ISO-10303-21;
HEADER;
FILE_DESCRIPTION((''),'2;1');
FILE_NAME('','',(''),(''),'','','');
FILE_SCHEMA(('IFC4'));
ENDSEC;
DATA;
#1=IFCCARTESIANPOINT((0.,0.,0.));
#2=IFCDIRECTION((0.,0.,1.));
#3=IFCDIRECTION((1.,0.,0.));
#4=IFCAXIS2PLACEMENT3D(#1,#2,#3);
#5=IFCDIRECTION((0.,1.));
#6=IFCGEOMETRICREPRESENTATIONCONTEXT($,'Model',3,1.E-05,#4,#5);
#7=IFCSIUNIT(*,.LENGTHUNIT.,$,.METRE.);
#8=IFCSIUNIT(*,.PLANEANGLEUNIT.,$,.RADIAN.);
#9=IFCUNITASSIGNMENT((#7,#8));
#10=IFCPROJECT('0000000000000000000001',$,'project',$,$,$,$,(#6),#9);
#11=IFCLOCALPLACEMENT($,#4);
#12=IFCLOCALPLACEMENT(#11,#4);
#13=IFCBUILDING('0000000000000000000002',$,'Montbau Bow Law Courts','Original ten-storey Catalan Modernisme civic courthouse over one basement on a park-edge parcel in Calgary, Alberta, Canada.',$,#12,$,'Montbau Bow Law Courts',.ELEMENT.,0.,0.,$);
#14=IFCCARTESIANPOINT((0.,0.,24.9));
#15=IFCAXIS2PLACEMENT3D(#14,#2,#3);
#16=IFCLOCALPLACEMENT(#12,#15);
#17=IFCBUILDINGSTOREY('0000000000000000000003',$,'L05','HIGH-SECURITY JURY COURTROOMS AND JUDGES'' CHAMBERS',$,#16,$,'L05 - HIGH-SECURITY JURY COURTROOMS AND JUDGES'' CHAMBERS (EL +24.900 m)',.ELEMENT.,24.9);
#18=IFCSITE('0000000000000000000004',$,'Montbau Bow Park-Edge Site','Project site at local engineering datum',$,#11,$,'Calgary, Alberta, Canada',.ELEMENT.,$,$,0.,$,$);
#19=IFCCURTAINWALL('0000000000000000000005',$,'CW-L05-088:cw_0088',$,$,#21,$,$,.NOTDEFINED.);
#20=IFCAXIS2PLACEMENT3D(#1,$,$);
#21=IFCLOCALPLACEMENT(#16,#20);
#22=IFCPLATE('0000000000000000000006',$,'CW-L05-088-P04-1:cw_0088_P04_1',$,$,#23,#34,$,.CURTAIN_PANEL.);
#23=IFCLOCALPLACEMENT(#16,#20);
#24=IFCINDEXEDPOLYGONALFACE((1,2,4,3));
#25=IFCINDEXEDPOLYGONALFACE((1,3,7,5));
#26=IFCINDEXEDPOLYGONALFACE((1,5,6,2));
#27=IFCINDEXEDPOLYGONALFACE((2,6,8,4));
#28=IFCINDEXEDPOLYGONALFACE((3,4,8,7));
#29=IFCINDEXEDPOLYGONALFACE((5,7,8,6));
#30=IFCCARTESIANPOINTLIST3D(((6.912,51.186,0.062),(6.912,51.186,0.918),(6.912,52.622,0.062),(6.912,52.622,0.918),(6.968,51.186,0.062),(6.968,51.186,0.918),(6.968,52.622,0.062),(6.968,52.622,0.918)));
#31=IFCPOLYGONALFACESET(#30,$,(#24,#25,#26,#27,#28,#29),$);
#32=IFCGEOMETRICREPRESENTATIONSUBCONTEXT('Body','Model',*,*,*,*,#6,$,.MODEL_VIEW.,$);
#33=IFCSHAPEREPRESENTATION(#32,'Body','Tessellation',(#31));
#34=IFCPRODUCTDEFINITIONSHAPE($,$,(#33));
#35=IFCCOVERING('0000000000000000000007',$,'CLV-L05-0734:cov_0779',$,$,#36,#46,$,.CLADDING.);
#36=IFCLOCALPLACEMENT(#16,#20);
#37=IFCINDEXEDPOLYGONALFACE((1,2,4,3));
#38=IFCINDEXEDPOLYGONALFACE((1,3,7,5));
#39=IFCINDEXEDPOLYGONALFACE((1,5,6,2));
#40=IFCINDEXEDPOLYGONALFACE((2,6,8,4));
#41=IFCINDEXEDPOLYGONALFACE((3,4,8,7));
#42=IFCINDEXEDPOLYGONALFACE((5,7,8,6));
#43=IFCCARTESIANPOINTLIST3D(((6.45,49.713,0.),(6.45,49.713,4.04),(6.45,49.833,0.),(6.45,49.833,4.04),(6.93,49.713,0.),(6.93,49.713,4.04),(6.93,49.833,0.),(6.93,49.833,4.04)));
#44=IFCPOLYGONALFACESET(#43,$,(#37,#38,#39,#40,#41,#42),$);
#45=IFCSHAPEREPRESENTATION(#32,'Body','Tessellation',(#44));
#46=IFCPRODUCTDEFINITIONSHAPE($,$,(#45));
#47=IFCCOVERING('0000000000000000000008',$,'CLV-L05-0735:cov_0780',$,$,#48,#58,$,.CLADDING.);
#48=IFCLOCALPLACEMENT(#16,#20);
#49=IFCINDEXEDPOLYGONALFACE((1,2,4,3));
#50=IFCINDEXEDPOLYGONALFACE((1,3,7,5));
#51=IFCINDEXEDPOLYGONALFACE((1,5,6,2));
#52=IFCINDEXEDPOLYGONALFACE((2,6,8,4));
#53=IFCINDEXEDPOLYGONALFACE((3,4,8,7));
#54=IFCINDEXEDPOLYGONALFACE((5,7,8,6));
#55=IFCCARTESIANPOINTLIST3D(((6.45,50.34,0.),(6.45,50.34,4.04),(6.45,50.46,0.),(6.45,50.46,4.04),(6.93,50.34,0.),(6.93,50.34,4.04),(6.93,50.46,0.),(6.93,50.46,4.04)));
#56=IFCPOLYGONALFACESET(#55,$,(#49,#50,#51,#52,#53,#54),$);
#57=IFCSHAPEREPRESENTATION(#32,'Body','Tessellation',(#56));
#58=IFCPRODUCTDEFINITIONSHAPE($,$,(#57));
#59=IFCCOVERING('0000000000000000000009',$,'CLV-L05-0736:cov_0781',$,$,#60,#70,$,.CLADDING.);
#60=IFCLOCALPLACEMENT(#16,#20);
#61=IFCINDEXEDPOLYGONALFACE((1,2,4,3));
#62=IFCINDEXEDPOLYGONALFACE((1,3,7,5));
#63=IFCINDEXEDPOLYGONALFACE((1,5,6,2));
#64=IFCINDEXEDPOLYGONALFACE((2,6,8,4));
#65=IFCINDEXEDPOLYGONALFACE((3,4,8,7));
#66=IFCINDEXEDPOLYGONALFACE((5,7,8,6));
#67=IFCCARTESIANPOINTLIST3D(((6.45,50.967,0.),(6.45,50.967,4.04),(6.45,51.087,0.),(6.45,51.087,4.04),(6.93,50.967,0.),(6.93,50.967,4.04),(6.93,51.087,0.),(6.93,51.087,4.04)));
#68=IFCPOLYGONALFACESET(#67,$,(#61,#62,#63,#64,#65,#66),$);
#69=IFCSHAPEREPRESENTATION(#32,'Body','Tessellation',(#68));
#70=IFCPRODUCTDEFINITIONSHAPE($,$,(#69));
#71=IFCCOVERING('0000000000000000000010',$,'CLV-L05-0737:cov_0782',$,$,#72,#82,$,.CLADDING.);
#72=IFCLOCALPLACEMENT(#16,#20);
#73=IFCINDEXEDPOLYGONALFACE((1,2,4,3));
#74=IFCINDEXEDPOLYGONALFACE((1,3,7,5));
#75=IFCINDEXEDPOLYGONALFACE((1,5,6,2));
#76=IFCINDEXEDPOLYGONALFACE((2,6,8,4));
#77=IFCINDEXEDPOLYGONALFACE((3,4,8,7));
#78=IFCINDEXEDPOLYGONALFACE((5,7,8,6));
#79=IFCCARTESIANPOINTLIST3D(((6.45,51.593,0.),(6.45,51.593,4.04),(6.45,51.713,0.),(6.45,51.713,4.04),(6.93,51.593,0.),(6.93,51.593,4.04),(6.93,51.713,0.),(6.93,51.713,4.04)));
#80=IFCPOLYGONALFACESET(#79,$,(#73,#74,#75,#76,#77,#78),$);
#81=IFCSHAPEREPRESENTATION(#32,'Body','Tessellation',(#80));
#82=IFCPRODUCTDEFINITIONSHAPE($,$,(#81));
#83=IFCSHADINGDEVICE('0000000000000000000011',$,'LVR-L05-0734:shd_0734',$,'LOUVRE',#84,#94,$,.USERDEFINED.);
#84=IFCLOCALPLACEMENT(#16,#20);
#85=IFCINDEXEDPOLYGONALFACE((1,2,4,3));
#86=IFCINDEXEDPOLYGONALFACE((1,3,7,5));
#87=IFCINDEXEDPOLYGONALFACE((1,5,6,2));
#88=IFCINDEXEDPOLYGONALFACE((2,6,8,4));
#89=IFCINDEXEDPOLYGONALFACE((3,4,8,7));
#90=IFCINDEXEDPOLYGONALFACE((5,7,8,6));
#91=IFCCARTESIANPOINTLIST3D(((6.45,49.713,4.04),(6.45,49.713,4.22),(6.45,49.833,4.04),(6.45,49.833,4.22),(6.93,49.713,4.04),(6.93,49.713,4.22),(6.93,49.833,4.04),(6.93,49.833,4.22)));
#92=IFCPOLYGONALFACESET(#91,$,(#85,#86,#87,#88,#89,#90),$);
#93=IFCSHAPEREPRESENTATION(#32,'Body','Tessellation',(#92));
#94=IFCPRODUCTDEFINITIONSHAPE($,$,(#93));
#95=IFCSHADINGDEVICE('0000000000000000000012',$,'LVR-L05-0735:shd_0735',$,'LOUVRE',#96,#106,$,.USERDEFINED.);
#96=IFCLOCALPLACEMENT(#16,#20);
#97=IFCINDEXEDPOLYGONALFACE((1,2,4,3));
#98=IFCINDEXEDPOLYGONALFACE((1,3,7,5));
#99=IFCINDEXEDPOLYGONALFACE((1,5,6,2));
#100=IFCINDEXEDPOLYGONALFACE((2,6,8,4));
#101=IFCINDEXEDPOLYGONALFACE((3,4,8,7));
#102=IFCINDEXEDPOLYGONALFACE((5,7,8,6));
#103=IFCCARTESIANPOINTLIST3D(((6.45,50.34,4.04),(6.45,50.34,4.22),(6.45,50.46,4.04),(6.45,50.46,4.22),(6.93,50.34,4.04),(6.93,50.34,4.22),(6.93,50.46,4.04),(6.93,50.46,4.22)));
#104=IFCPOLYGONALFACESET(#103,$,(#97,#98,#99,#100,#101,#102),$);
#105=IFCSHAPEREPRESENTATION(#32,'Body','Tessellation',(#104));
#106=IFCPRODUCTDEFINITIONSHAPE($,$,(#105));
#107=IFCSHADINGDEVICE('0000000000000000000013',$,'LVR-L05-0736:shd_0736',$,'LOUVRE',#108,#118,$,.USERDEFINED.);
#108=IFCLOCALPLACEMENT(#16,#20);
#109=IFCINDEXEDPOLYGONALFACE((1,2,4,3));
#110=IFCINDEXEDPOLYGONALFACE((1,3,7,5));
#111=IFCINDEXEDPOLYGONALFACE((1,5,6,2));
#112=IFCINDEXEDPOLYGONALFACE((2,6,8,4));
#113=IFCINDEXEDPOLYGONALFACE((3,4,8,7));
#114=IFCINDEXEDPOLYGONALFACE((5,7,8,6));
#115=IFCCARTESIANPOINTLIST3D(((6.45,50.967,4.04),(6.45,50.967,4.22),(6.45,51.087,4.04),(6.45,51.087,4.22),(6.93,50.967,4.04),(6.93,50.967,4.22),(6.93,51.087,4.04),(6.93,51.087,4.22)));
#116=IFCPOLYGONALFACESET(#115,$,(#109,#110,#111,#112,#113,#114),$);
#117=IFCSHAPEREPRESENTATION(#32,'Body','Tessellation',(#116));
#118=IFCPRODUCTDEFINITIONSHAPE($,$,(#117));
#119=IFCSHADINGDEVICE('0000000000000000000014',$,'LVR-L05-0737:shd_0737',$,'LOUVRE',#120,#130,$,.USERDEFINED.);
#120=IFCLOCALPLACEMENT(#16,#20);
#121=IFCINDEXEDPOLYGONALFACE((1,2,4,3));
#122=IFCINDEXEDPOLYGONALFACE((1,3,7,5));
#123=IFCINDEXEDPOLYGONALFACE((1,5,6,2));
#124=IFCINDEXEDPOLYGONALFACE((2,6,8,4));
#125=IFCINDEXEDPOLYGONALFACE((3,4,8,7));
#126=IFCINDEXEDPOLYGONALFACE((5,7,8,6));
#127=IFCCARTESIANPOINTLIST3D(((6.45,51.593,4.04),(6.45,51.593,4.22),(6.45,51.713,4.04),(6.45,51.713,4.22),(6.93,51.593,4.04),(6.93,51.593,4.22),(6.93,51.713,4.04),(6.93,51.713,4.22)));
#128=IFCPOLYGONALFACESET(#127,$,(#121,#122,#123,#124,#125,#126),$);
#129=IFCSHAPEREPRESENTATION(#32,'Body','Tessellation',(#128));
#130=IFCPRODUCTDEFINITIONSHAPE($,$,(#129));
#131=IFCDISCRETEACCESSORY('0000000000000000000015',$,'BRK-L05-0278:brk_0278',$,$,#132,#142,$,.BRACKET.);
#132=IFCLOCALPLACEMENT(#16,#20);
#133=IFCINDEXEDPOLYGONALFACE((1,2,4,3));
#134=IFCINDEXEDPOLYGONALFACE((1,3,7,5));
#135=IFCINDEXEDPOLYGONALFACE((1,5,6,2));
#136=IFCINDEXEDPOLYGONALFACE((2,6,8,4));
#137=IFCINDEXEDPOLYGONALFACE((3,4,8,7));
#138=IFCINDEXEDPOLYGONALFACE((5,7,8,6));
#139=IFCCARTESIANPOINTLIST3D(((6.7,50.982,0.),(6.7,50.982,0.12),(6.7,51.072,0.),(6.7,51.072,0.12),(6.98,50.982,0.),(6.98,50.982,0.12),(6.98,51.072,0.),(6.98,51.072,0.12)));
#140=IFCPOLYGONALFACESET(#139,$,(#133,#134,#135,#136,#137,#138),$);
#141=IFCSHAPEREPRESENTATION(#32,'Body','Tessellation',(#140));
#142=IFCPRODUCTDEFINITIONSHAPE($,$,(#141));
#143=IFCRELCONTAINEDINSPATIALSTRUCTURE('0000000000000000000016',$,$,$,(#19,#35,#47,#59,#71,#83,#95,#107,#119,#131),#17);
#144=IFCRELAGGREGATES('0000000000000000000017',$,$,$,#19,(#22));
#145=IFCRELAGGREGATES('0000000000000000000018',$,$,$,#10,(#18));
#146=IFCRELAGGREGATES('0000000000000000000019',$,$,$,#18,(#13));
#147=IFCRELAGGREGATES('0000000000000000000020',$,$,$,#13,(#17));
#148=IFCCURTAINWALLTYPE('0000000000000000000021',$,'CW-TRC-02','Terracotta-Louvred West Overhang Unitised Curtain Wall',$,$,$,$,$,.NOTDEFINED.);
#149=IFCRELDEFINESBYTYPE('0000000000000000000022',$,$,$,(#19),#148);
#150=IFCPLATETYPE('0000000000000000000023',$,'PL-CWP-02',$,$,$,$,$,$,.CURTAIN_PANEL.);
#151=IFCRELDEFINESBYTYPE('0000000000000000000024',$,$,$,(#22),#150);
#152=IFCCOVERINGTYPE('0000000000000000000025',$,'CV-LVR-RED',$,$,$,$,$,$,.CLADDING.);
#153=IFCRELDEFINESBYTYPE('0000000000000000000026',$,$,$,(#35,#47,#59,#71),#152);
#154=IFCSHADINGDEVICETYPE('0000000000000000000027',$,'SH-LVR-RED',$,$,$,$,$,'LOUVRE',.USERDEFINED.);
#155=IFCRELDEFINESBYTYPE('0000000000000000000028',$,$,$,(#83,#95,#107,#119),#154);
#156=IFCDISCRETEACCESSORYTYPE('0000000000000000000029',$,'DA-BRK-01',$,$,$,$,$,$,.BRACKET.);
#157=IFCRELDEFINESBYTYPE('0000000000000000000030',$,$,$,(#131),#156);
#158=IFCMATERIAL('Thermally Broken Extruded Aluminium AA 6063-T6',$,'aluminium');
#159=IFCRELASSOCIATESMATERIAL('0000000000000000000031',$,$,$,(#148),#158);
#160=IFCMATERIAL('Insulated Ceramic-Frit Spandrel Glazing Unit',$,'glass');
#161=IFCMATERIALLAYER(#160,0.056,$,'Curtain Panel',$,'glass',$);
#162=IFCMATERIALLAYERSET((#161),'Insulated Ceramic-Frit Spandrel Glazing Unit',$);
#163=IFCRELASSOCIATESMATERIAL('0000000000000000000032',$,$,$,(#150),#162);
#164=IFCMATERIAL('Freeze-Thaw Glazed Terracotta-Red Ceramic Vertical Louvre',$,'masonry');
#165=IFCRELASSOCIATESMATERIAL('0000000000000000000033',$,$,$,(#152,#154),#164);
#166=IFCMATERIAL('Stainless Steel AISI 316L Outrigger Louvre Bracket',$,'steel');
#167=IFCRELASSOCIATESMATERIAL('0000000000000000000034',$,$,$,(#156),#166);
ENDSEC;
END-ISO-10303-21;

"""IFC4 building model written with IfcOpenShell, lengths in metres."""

from ifc_helpers import new_model, si_unit, direction, frame, frame_2d, origin_with_axes, origin_2d_with_axis, place, context, subcontext, project, spatial, rectangle, extrude, material, layer, layer_set, type_object, element, aggregate, save


model = new_model("IFC4")

# Units and contexts
model_context = context("Model", 3, precision=1e-05, world=origin_with_axes(), true_north=direction((0.0, 1.0)))
body_context = subcontext(model_context, "Body", "Model", "MODEL_VIEW")
ifc_project = project(units=[si_unit("LENGTHUNIT", "METRE"), si_unit("PLANEANGLEUNIT", "RADIAN")], contexts=[model_context])

# Site, building, storey
site_placement = place(None, origin_with_axes())
site = spatial("IfcSite", under=ifc_project, at=site_placement, Name="Montbau Bow Park-Edge Site", Description="Project site at local engineering datum", LongName="Calgary, Alberta, Canada", CompositionType="ELEMENT", RefElevation=0.0)
building_placement = place(site_placement, origin_with_axes())
building = spatial("IfcBuilding", under=site, at=building_placement, Name="Montbau Bow Law Courts", Description="Original ten-storey Catalan Modernisme civic courthouse over one basement on a park-edge parcel in Calgary, Alberta, Canada.", LongName="Montbau Bow Law Courts", CompositionType="ELEMENT", ElevationOfRefHeight=0.0, ElevationOfTerrain=0.0)
storey_placement = place(building_placement, frame((0.0, 0.0, 24.9), z_axis=(0.0, 0.0, 1.0), x_axis=(1.0, 0.0, 0.0)))
storey = spatial("IfcBuildingStorey", under=building, at=storey_placement, Name="L05", Description="HIGH-SECURITY JURY COURTROOMS AND JUDGES' CHAMBERS", LongName="L05 - HIGH-SECURITY JURY COURTROOMS AND JUDGES' CHAMBERS (EL +24.900 m)", CompositionType="ELEMENT", Elevation=24.9)

# Curtain wall, plate
ifc_material_1 = material(Name="Thermally Broken Extruded Aluminium AA 6063-T6", Category="aluminium")
curtain_wall_type = type_object("IfcCurtainWallType", Name="CW-TRC-02", Description="Terracotta-Louvred West Overhang Unitised Curtain Wall", PredefinedType="NOTDEFINED", material=ifc_material_1)
curtain_wall_placement = place(None, frame((6.94, 46.64, 24.9), z_axis=(0.0, 0.0, 1.0), x_axis=(1.0, 0.0, 0.0)))
curtain_wall = element("IfcCurtainWall", 1, at=curtain_wall_placement, inside=storey, type_object=curtain_wall_type, Name="CW-L05-088:cw_0088", PredefinedType="NOTDEFINED")
ifc_material_2 = material(Name="Insulated Ceramic-Frit Spandrel Glazing Unit", Category="glass")
ifc_layer_1 = layer(ifc_material_2, 0.056, Name="Curtain Panel", Category="glass")
ifc_layer_set_1 = layer_set([ifc_layer_1], Name="Insulated Ceramic-Frit Spandrel Glazing Unit")
plate_type_1 = type_object("IfcPlateType", Name="PL-CWP-02", PredefinedType="CURTAIN_PANEL", material=ifc_layer_set_1)
plate_1_placement = place(None, frame((6.94, 51.186, 24.962), z_axis=(1.0, 0.0, 0.0), x_axis=(0.0, 1.0, 0.0)))
plate_1 = element("IfcPlate", 2, at=plate_1_placement, type_object=plate_type_1, Name="CW-L05-088-P04-1:cw_0088_P04_1", PredefinedType="CURTAIN_PANEL", context=body_context, shape_type="SweptSolid", body=[
    extrude(rectangle(XDim=1.436, YDim=0.856, at=frame_2d((0.718, 0.428), x_axis=(1.0, 0.0))), frame((0.0, 0.0, -0.028), z_axis=(0.0, 0.0, 1.0), x_axis=(1.0, 0.0, 0.0)), (0.0, 0.0, 1.0), 0.056),
])
aggregate(curtain_wall, [plate_1])

# Coverings
ifc_material_3 = material(Name="Freeze-Thaw Glazed Terracotta-Red Ceramic Vertical Louvre", Category="masonry")
covering_type = type_object("IfcCoveringType", Name="CV-LVR-RED", PredefinedType="CLADDING", material=ifc_material_3)
for number, where, z_axis, x_axis, name in (
    (3, (6.93, 49.773, 24.9), (0.0, 1.0, 0.0), (-1.0, 0.0, 0.0), "CLV-L05-0734:cov_0779"),
    (4, (6.93, 50.4, 24.9), (0.0, 1.0, 0.0), (-1.0, 0.0, 0.0), "CLV-L05-0735:cov_0780"),
    (5, (6.93, 51.027, 24.9), (0.0, 1.0, 0.0), (-1.0, 0.0, 0.0), "CLV-L05-0736:cov_0781"),
    (6, (6.93, 51.653, 24.9), (0.0, 1.0, 0.0), (-1.0, 0.0, 0.0), "CLV-L05-0737:cov_0782"),
):
    element("IfcCovering", number, at=place(None, frame(where, z_axis=z_axis, x_axis=x_axis)), inside=storey, type_object=covering_type, Name=name, PredefinedType="CLADDING", context=body_context, shape_type="SweptSolid", body=[
        extrude(rectangle(XDim=0.48, YDim=4.04, at=frame_2d((0.24, 2.02), x_axis=(1.0, 0.0))), frame((0.0, 0.0, -0.06), z_axis=(0.0, 0.0, 1.0), x_axis=(1.0, 0.0, 0.0)), (0.0, 0.0, 1.0), 0.12),
    ])

# Shading devices
shading_device_type = type_object("IfcShadingDeviceType", Name="SH-LVR-RED", ElementType="LOUVRE", PredefinedType="USERDEFINED", material=ifc_material_3)
for number, where, z_axis, x_axis, name in (
    (7, (6.69, 49.773, 28.94), (0.0, 0.0, 1.0), (-1.0, 0.0, 0.0), "LVR-L05-0734:shd_0734"),
    (8, (6.69, 50.4, 28.94), (0.0, 0.0, 1.0), (-1.0, 0.0, 0.0), "LVR-L05-0735:shd_0735"),
    (9, (6.69, 51.027, 28.94), (0.0, 0.0, 1.0), (-1.0, 0.0, 0.0), "LVR-L05-0736:shd_0736"),
    (10, (6.69, 51.653, 28.94), (0.0, 0.0, 1.0), (-1.0, 0.0, 0.0), "LVR-L05-0737:shd_0737"),
):
    element("IfcShadingDevice", number, at=place(None, frame(where, z_axis=z_axis, x_axis=x_axis)), inside=storey, type_object=shading_device_type, Name=name, ObjectType="LOUVRE", PredefinedType="USERDEFINED", context=body_context, shape_type="SweptSolid", body=[
        extrude(rectangle(XDim=0.48, YDim=0.12, at=origin_2d_with_axis()), origin_with_axes(), (0.0, 0.0, 1.0), 0.18),
    ])

# Discrete accessory
ifc_material_4 = material(Name="Stainless Steel AISI 316L Outrigger Louvre Bracket", Category="steel")
discrete_accessory_type = type_object("IfcDiscreteAccessoryType", Name="DA-BRK-01", PredefinedType="BRACKET", material=ifc_material_4)
discrete_accessory_placement = place(None, frame((6.84, 51.027, 24.9), z_axis=(0.0, 0.0, 1.0), x_axis=(-1.0, 0.0, 0.0)))
element("IfcDiscreteAccessory", 11, at=discrete_accessory_placement, inside=storey, type_object=discrete_accessory_type, Name="BRK-L05-0278:brk_0278", PredefinedType="BRACKET", context=body_context, shape_type="SweptSolid", body=[
    extrude(rectangle(XDim=0.28, YDim=0.09, at=origin_2d_with_axis()), origin_with_axes(), (0.0, 0.0, 1.0), 0.12),
])

save(model, "model.ifc")
